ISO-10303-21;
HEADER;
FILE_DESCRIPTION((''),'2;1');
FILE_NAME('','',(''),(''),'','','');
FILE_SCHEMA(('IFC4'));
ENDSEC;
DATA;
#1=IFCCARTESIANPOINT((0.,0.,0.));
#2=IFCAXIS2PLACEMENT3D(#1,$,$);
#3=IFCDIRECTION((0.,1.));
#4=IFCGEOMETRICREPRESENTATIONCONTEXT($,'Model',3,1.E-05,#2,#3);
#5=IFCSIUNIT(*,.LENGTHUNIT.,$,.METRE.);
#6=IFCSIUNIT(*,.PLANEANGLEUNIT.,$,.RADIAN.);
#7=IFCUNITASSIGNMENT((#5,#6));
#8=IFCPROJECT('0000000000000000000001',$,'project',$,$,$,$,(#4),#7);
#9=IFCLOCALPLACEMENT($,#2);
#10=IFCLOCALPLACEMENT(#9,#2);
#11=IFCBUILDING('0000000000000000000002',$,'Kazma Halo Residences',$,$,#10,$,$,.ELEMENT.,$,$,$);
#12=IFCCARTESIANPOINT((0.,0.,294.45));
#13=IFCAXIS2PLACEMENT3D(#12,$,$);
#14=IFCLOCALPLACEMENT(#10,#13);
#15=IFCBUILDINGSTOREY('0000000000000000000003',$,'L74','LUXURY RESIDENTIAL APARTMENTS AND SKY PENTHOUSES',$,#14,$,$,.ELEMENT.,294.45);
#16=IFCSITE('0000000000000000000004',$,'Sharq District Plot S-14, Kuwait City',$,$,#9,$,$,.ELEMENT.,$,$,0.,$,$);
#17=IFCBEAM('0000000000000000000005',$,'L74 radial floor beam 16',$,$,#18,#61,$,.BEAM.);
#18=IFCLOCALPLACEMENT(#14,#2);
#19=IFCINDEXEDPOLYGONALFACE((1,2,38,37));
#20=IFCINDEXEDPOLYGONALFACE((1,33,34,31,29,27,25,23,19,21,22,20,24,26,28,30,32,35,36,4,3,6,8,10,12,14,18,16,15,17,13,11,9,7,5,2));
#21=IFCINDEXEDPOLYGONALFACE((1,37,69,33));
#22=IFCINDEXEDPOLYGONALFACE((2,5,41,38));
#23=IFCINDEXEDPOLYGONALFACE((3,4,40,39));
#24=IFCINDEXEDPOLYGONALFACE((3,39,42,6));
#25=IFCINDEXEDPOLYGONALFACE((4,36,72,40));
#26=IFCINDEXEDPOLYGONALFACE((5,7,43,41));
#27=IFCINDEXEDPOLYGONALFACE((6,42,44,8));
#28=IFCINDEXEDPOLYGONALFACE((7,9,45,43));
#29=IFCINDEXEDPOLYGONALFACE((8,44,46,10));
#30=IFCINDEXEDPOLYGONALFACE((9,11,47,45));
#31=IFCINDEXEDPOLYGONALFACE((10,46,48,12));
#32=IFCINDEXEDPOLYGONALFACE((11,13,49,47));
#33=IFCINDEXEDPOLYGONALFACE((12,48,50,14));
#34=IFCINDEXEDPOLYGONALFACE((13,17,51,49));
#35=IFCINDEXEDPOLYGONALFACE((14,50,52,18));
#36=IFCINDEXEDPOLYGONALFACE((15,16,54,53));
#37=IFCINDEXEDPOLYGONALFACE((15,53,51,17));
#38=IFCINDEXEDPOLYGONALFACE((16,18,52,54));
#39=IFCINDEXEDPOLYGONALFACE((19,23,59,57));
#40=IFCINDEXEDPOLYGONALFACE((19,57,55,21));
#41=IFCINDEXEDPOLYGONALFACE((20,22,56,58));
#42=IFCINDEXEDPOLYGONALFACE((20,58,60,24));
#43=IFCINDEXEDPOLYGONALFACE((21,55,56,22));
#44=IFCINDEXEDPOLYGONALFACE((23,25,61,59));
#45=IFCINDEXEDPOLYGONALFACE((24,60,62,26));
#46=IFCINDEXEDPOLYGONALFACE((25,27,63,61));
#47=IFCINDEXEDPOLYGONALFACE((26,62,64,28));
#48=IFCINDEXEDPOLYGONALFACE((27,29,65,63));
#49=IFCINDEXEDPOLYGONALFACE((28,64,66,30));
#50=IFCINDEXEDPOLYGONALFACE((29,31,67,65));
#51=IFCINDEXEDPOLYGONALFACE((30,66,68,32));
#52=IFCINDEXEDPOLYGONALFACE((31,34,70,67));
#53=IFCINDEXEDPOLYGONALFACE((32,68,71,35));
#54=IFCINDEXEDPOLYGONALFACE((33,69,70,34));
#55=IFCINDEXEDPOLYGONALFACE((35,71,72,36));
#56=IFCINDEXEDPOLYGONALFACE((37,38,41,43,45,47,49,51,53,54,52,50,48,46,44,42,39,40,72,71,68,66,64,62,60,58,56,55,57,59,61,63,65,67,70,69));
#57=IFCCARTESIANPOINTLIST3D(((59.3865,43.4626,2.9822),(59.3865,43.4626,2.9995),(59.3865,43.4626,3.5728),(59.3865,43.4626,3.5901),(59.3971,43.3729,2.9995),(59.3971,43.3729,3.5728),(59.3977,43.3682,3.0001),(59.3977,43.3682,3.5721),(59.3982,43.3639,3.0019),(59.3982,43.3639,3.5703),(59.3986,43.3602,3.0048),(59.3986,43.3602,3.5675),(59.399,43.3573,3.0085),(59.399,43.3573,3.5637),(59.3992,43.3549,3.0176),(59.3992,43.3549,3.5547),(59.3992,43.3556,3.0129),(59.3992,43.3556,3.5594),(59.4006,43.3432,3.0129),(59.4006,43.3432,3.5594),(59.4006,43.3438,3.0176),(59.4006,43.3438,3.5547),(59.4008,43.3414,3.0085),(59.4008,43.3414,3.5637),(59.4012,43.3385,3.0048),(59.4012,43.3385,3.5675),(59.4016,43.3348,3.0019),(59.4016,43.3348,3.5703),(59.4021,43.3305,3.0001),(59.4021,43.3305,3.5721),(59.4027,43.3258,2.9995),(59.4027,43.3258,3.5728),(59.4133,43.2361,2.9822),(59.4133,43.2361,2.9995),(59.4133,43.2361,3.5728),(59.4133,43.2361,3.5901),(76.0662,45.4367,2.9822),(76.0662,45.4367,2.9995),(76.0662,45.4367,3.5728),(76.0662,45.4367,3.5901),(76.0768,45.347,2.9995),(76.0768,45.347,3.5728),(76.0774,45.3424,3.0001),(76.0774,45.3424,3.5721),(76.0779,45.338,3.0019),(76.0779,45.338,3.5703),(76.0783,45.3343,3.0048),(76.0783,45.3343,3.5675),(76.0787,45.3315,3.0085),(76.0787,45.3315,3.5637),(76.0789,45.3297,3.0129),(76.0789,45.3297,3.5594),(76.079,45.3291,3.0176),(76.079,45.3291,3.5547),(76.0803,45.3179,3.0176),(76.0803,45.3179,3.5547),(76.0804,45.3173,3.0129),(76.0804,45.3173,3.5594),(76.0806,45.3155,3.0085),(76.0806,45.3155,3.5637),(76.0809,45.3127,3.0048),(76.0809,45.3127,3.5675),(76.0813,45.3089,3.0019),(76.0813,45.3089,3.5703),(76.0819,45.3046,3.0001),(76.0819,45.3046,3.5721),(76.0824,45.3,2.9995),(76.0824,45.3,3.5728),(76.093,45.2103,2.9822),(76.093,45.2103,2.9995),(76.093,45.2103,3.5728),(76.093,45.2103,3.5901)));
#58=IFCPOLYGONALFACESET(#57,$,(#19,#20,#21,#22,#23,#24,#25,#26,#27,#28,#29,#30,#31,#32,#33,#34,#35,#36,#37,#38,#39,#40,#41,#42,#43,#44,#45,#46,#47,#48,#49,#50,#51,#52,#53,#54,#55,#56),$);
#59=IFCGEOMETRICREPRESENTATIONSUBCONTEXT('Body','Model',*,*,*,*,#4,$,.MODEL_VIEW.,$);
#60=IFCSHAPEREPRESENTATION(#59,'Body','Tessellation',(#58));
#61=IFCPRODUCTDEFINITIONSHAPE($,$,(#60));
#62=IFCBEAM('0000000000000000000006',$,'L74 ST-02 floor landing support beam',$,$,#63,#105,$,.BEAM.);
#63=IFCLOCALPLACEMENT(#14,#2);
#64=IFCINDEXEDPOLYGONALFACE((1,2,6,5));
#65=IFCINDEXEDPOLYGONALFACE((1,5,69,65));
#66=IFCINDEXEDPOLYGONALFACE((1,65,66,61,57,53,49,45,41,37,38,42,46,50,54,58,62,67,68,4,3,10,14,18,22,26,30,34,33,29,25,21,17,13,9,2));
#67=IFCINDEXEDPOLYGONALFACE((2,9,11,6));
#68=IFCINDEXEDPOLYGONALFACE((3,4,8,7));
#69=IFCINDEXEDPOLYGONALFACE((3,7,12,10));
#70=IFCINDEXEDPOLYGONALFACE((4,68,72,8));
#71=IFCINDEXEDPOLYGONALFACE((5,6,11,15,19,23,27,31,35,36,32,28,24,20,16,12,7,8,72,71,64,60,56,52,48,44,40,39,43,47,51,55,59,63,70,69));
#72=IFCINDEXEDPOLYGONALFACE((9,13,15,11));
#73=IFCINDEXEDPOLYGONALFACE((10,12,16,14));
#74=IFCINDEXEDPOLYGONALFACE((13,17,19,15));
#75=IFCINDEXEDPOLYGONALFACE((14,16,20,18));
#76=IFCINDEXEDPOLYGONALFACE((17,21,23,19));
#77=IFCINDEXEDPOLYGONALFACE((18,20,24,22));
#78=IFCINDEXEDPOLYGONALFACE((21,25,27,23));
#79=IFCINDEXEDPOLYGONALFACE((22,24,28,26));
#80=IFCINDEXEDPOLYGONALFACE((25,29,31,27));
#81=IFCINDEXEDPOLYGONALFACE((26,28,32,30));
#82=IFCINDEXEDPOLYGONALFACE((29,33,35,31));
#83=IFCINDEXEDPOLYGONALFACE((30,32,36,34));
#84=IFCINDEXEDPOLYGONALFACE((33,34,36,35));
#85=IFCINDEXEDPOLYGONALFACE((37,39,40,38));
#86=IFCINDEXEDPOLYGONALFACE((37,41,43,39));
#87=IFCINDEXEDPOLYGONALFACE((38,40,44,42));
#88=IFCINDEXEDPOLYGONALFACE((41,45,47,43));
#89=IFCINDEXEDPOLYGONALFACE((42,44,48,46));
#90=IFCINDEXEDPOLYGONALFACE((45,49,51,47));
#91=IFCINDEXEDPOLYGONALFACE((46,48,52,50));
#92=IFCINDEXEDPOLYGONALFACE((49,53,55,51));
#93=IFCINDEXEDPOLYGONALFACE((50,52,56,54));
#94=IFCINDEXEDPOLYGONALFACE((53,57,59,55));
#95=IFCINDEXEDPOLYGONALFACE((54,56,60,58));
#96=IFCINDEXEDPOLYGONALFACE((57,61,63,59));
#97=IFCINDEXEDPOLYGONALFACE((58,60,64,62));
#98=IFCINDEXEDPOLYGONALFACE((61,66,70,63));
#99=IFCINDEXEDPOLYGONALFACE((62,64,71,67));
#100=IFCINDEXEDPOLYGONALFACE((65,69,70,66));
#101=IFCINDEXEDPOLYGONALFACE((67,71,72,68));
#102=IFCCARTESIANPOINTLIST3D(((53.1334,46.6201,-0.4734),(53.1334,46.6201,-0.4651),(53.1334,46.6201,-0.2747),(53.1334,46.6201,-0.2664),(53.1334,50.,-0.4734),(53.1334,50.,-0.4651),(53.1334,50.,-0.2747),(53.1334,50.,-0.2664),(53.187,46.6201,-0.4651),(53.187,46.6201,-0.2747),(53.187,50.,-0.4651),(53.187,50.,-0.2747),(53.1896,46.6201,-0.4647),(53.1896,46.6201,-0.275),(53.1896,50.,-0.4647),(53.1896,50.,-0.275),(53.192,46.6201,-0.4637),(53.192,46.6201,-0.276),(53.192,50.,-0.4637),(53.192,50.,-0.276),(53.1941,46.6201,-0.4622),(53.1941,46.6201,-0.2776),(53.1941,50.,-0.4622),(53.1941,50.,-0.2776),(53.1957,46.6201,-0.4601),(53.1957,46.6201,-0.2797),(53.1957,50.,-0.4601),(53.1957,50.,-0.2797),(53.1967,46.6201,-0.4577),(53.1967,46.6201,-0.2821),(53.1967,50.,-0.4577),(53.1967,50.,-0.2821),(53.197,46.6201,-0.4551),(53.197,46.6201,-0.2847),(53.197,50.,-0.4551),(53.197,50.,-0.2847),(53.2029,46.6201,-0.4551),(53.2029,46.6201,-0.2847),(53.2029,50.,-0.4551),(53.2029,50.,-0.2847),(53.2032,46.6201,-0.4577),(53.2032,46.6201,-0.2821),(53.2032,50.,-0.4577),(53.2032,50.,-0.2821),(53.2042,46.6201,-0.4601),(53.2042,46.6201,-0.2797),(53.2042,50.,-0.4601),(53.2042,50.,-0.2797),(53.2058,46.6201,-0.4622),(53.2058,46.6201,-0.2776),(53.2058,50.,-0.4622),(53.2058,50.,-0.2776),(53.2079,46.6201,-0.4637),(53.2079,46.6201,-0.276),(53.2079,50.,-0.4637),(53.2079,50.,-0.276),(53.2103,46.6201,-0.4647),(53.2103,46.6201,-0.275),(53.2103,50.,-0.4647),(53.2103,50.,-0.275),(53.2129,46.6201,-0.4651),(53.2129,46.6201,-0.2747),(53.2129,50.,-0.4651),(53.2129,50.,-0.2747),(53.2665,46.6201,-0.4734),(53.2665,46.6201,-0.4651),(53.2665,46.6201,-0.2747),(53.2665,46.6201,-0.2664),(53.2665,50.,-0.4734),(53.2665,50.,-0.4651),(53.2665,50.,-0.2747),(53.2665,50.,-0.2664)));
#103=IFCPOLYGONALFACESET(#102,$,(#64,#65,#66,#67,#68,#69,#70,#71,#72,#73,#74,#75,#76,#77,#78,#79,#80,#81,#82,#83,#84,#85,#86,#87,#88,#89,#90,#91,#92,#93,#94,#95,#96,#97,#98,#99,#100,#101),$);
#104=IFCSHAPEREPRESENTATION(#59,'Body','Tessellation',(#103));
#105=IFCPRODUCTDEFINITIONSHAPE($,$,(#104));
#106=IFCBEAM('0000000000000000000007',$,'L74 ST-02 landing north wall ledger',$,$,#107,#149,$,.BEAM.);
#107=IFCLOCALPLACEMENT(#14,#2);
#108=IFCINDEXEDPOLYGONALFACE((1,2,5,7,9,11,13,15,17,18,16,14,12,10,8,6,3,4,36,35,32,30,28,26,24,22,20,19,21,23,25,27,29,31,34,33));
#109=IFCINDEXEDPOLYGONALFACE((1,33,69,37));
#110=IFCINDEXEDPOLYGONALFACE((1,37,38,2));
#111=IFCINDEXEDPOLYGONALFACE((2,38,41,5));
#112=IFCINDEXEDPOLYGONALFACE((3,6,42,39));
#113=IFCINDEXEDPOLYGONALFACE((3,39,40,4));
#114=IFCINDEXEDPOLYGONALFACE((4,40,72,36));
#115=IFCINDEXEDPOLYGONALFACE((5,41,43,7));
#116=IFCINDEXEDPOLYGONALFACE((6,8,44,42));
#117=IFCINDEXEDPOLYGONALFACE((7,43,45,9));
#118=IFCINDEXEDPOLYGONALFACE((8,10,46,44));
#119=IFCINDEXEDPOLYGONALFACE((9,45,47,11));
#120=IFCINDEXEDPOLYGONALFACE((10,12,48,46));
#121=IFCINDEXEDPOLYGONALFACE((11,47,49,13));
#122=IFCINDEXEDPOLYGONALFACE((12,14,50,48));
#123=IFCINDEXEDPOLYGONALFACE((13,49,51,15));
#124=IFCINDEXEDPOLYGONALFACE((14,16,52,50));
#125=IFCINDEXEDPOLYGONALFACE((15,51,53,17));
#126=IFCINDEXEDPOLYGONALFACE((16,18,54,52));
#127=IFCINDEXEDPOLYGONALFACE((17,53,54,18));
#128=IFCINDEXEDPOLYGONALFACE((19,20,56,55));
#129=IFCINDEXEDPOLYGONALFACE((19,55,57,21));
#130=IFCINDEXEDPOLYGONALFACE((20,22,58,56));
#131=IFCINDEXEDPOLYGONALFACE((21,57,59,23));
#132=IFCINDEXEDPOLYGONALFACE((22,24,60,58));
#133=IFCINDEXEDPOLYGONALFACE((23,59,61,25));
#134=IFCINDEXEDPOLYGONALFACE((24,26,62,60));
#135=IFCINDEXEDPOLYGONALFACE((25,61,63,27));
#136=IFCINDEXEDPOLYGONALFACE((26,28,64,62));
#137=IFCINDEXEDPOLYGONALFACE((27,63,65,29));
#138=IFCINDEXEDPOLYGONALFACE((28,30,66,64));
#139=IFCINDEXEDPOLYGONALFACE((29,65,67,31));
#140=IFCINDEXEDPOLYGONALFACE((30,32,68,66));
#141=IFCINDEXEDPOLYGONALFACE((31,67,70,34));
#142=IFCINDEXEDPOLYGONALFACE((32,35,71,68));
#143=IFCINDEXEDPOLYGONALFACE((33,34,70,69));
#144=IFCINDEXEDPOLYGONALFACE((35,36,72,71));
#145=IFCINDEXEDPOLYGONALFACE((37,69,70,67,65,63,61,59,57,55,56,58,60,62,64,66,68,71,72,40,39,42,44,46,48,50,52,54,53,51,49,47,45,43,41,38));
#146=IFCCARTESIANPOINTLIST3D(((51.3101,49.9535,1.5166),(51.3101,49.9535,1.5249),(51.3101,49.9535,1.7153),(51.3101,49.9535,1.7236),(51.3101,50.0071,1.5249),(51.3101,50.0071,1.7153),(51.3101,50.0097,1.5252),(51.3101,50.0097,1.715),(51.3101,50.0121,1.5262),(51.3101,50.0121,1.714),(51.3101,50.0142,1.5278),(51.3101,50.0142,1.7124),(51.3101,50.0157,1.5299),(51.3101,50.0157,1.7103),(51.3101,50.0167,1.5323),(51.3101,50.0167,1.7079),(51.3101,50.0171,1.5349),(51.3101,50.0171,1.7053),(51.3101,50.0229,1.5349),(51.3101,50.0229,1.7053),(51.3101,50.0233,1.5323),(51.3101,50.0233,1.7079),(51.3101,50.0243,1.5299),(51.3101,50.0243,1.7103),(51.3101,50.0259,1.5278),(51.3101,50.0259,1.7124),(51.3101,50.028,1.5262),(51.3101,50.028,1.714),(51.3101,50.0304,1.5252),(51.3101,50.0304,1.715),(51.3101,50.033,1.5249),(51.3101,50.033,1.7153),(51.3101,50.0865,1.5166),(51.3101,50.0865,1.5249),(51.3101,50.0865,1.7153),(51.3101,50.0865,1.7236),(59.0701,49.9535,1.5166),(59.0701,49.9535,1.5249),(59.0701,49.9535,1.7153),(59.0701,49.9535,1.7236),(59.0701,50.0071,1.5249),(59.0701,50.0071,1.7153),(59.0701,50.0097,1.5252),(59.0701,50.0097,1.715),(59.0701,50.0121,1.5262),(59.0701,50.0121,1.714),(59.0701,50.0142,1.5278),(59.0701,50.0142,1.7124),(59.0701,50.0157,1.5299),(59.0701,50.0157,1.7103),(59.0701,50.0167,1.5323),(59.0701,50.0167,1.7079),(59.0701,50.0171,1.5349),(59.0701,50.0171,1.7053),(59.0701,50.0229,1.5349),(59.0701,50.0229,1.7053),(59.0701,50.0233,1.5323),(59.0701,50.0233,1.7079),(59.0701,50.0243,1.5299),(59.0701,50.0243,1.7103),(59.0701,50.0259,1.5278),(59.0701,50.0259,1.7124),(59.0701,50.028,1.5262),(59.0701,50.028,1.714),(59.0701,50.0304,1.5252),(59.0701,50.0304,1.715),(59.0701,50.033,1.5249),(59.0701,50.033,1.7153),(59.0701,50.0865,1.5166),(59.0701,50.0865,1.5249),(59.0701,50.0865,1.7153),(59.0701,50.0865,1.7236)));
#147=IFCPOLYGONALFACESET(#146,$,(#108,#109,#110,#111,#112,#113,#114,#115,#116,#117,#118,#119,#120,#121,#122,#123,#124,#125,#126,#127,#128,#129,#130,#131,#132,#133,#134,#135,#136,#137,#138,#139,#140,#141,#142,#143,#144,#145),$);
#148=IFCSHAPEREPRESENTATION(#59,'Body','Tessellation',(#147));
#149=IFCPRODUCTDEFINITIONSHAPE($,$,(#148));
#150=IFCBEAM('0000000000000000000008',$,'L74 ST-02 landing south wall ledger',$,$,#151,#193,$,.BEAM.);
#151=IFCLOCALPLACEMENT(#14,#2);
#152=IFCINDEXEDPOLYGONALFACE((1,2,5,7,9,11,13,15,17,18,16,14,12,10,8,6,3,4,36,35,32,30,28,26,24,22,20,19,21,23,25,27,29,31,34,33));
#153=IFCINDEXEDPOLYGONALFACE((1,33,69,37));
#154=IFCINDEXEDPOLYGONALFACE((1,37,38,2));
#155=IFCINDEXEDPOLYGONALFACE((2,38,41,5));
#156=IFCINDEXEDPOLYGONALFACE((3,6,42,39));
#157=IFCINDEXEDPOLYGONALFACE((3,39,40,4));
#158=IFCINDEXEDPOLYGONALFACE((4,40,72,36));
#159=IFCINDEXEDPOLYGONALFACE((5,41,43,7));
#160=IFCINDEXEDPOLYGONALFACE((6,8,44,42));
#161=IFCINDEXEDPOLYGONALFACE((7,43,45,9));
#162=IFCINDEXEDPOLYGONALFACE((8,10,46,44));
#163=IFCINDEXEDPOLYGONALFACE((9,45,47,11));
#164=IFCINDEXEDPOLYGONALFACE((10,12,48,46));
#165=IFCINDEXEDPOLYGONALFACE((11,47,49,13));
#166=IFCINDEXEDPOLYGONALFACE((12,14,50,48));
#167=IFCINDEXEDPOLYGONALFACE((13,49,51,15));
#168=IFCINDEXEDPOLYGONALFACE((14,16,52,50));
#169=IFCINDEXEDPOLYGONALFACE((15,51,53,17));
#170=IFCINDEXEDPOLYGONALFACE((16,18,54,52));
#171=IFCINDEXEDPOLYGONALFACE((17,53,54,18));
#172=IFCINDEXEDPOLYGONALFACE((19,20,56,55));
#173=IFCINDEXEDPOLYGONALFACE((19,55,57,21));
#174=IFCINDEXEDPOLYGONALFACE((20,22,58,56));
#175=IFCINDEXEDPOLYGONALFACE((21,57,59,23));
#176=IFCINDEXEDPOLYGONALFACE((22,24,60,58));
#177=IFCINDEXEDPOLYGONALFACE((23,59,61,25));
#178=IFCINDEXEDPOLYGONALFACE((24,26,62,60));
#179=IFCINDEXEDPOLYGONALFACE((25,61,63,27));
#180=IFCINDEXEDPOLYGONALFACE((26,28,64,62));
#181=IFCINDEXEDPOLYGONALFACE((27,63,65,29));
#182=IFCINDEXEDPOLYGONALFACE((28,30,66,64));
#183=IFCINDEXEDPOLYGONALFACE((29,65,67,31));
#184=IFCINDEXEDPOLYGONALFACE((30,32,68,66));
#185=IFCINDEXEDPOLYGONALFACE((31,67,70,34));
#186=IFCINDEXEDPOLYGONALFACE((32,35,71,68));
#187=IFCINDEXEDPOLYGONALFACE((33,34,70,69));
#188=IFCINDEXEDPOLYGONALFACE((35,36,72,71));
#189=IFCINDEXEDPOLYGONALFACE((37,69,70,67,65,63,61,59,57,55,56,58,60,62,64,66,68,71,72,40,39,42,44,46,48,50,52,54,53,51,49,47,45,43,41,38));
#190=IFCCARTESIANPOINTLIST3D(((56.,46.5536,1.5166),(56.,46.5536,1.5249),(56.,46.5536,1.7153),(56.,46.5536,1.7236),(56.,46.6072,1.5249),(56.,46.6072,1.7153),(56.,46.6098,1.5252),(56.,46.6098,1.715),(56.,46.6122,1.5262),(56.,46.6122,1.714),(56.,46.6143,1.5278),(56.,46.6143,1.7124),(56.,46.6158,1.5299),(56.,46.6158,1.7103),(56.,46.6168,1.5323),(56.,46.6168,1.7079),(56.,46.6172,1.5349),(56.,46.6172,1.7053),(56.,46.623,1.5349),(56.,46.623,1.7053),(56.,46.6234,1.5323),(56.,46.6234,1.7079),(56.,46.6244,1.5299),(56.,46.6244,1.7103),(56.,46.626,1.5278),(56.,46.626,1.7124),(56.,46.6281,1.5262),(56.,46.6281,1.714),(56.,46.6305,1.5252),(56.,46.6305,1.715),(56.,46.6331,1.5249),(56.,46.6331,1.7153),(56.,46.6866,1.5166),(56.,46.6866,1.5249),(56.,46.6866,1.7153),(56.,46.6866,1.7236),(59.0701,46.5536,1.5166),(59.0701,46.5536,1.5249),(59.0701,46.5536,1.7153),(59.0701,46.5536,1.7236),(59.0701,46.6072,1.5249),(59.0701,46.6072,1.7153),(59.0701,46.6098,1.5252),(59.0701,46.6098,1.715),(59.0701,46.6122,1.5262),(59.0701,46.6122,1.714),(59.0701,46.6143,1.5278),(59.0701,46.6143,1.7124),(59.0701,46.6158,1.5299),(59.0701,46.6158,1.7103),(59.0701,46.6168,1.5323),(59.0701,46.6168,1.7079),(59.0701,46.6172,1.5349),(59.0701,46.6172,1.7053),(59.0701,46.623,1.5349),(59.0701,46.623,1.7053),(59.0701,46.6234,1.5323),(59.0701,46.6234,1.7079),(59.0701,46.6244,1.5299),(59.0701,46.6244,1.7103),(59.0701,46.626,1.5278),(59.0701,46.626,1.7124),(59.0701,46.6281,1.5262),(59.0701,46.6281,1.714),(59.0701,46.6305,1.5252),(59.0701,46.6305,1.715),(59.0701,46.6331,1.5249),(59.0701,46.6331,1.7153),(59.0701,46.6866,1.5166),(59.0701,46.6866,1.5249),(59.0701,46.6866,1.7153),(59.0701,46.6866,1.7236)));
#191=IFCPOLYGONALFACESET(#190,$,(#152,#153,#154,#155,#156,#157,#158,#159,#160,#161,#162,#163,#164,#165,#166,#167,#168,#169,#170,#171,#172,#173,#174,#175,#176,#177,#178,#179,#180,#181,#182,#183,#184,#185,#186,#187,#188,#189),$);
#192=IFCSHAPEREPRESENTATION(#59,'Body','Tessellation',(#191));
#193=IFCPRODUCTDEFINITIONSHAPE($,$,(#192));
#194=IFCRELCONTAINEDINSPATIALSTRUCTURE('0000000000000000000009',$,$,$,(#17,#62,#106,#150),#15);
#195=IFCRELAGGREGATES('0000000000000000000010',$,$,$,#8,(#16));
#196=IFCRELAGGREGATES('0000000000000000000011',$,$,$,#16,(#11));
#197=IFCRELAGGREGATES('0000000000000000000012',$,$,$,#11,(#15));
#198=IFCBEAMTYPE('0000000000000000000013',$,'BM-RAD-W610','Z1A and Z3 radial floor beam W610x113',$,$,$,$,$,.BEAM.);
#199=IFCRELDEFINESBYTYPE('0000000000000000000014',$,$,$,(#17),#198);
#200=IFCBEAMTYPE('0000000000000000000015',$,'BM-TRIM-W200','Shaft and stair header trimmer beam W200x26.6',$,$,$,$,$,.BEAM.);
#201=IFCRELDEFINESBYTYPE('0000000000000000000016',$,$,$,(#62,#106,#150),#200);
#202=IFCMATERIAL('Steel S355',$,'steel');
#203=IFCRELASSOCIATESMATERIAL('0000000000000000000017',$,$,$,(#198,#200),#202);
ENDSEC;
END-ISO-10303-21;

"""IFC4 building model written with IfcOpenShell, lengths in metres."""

from ifc_helpers import new_model, si_unit, direction, frame, origin, origin_2d, place, context, subcontext, project, spatial, i_section, extrude, material, material_profile, profile_set, type_object, element, save


model = new_model("IFC4")

# Units and contexts
model_context = context("Model", 3, precision=1e-05, world=origin(), true_north=direction((0.0, 1.0)))
body_context = subcontext(model_context, "Body", "Model", "MODEL_VIEW")
ifc_project = project(units=[si_unit("LENGTHUNIT", "METRE"), si_unit("PLANEANGLEUNIT", "RADIAN")], contexts=[model_context])

# Site, building, storey
site_placement = place(None, origin())
site = spatial("IfcSite", under=ifc_project, at=site_placement, Name="Sharq District Plot S-14, Kuwait City", CompositionType="ELEMENT", RefElevation=0.0)
building_placement = place(site_placement, origin())
building = spatial("IfcBuilding", under=site, at=building_placement, Name="Kazma Halo Residences", CompositionType="ELEMENT")
storey_placement = place(building_placement, frame((0.0, 0.0, 294.45)))
storey = spatial("IfcBuildingStorey", under=building, at=storey_placement, Name="L74", Description="LUXURY RESIDENTIAL APARTMENTS AND SKY PENTHOUSES", CompositionType="ELEMENT", Elevation=294.45)

# Shared definitions
ifc_material_1 = material(Name="Steel S355", Category="steel")

# Beams
ifc_material_profile_1 = material_profile(ifc_material_1, i_section(OverallWidth=0.228, OverallDepth=0.6079, WebThickness=0.0112, FlangeThickness=0.0173, FilletRadius=0.0181, at=origin_2d()), Name="W610x113")
ifc_profile_set_1 = profile_set([ifc_material_profile_1], Name="Steel S355")
beam_type_1 = type_object("IfcBeamType", Name="BM-RAD-W610", Description="Z1A and Z3 radial floor beam W610x113", PredefinedType="BEAM", material=ifc_profile_set_1)
beam_1_placement = place(storey_placement, frame((59.3999, 43.3494, 3.2861), z_axis=(0.993069, 0.117534, 0.0), x_axis=(-0.117534, 0.993069, 0.0)))
element("IfcBeam", 1, at=beam_1_placement, inside=storey, type_object=beam_type_1, Name="L74 radial floor beam 16", PredefinedType="BEAM", context=body_context, shape_type="SweptSolid", body=[
    extrude(i_section(OverallWidth=0.228, OverallDepth=0.6079, WebThickness=0.0112, FlangeThickness=0.0173, FilletRadius=0.0181, at=origin_2d()), origin(), (0.0, 0.0, 1.0), 16.7961),
])
ifc_material_profile_2 = material_profile(ifc_material_1, i_section(OverallWidth=0.1331, OverallDepth=0.207, WebThickness=0.0059, FlangeThickness=0.0083, FilletRadius=0.01, at=origin_2d()), Name="W200x26.6")
ifc_profile_set_2 = profile_set([ifc_material_profile_2], Name="Steel S355")
beam_type_2 = type_object("IfcBeamType", Name="BM-TRIM-W200", Description="Shaft and stair header trimmer beam W200x26.6", PredefinedType="BEAM", material=ifc_profile_set_2)
beam_2_placement = place(storey_placement, frame((53.2, 46.6201, -0.3699), z_axis=(0.0, 1.0, 0.0), x_axis=(-1.0, 0.0, 0.0)))
element("IfcBeam", 2, at=beam_2_placement, inside=storey, type_object=beam_type_2, Name="L74 ST-02 floor landing support beam", PredefinedType="BEAM", context=body_context, shape_type="SweptSolid", body=[
    extrude(i_section(OverallWidth=0.1331, OverallDepth=0.207, WebThickness=0.0059, FlangeThickness=0.0083, FilletRadius=0.01, at=origin_2d()), origin(), (0.0, 0.0, 1.0), 3.3799),
])
beam_3_placement = place(storey_placement, frame((51.3101, 50.02, 1.6201), z_axis=(1.0, 0.0, 0.0), x_axis=(0.0, 1.0, 0.0)))
element("IfcBeam", 3, at=beam_3_placement, inside=storey, type_object=beam_type_2, Name="L74 ST-02 landing north wall ledger", PredefinedType="BEAM", context=body_context, shape_type="SweptSolid", body=[
    extrude(i_section(OverallWidth=0.1331, OverallDepth=0.207, WebThickness=0.0059, FlangeThickness=0.0083, FilletRadius=0.01, at=origin_2d()), origin(), (0.0, 0.0, 1.0), 7.76),
])
beam_4_placement = place(storey_placement, frame((56.0, 46.6201, 1.6201), z_axis=(1.0, 0.0, 0.0), x_axis=(0.0, 1.0, 0.0)))
element("IfcBeam", 4, at=beam_4_placement, inside=storey, type_object=beam_type_2, Name="L74 ST-02 landing south wall ledger", PredefinedType="BEAM", context=body_context, shape_type="SweptSolid", body=[
    extrude(i_section(OverallWidth=0.1331, OverallDepth=0.207, WebThickness=0.0059, FlangeThickness=0.0083, FilletRadius=0.01, at=origin_2d()), origin(), (0.0, 0.0, 1.0), 3.0701),
])

save(model, "model.ifc")
